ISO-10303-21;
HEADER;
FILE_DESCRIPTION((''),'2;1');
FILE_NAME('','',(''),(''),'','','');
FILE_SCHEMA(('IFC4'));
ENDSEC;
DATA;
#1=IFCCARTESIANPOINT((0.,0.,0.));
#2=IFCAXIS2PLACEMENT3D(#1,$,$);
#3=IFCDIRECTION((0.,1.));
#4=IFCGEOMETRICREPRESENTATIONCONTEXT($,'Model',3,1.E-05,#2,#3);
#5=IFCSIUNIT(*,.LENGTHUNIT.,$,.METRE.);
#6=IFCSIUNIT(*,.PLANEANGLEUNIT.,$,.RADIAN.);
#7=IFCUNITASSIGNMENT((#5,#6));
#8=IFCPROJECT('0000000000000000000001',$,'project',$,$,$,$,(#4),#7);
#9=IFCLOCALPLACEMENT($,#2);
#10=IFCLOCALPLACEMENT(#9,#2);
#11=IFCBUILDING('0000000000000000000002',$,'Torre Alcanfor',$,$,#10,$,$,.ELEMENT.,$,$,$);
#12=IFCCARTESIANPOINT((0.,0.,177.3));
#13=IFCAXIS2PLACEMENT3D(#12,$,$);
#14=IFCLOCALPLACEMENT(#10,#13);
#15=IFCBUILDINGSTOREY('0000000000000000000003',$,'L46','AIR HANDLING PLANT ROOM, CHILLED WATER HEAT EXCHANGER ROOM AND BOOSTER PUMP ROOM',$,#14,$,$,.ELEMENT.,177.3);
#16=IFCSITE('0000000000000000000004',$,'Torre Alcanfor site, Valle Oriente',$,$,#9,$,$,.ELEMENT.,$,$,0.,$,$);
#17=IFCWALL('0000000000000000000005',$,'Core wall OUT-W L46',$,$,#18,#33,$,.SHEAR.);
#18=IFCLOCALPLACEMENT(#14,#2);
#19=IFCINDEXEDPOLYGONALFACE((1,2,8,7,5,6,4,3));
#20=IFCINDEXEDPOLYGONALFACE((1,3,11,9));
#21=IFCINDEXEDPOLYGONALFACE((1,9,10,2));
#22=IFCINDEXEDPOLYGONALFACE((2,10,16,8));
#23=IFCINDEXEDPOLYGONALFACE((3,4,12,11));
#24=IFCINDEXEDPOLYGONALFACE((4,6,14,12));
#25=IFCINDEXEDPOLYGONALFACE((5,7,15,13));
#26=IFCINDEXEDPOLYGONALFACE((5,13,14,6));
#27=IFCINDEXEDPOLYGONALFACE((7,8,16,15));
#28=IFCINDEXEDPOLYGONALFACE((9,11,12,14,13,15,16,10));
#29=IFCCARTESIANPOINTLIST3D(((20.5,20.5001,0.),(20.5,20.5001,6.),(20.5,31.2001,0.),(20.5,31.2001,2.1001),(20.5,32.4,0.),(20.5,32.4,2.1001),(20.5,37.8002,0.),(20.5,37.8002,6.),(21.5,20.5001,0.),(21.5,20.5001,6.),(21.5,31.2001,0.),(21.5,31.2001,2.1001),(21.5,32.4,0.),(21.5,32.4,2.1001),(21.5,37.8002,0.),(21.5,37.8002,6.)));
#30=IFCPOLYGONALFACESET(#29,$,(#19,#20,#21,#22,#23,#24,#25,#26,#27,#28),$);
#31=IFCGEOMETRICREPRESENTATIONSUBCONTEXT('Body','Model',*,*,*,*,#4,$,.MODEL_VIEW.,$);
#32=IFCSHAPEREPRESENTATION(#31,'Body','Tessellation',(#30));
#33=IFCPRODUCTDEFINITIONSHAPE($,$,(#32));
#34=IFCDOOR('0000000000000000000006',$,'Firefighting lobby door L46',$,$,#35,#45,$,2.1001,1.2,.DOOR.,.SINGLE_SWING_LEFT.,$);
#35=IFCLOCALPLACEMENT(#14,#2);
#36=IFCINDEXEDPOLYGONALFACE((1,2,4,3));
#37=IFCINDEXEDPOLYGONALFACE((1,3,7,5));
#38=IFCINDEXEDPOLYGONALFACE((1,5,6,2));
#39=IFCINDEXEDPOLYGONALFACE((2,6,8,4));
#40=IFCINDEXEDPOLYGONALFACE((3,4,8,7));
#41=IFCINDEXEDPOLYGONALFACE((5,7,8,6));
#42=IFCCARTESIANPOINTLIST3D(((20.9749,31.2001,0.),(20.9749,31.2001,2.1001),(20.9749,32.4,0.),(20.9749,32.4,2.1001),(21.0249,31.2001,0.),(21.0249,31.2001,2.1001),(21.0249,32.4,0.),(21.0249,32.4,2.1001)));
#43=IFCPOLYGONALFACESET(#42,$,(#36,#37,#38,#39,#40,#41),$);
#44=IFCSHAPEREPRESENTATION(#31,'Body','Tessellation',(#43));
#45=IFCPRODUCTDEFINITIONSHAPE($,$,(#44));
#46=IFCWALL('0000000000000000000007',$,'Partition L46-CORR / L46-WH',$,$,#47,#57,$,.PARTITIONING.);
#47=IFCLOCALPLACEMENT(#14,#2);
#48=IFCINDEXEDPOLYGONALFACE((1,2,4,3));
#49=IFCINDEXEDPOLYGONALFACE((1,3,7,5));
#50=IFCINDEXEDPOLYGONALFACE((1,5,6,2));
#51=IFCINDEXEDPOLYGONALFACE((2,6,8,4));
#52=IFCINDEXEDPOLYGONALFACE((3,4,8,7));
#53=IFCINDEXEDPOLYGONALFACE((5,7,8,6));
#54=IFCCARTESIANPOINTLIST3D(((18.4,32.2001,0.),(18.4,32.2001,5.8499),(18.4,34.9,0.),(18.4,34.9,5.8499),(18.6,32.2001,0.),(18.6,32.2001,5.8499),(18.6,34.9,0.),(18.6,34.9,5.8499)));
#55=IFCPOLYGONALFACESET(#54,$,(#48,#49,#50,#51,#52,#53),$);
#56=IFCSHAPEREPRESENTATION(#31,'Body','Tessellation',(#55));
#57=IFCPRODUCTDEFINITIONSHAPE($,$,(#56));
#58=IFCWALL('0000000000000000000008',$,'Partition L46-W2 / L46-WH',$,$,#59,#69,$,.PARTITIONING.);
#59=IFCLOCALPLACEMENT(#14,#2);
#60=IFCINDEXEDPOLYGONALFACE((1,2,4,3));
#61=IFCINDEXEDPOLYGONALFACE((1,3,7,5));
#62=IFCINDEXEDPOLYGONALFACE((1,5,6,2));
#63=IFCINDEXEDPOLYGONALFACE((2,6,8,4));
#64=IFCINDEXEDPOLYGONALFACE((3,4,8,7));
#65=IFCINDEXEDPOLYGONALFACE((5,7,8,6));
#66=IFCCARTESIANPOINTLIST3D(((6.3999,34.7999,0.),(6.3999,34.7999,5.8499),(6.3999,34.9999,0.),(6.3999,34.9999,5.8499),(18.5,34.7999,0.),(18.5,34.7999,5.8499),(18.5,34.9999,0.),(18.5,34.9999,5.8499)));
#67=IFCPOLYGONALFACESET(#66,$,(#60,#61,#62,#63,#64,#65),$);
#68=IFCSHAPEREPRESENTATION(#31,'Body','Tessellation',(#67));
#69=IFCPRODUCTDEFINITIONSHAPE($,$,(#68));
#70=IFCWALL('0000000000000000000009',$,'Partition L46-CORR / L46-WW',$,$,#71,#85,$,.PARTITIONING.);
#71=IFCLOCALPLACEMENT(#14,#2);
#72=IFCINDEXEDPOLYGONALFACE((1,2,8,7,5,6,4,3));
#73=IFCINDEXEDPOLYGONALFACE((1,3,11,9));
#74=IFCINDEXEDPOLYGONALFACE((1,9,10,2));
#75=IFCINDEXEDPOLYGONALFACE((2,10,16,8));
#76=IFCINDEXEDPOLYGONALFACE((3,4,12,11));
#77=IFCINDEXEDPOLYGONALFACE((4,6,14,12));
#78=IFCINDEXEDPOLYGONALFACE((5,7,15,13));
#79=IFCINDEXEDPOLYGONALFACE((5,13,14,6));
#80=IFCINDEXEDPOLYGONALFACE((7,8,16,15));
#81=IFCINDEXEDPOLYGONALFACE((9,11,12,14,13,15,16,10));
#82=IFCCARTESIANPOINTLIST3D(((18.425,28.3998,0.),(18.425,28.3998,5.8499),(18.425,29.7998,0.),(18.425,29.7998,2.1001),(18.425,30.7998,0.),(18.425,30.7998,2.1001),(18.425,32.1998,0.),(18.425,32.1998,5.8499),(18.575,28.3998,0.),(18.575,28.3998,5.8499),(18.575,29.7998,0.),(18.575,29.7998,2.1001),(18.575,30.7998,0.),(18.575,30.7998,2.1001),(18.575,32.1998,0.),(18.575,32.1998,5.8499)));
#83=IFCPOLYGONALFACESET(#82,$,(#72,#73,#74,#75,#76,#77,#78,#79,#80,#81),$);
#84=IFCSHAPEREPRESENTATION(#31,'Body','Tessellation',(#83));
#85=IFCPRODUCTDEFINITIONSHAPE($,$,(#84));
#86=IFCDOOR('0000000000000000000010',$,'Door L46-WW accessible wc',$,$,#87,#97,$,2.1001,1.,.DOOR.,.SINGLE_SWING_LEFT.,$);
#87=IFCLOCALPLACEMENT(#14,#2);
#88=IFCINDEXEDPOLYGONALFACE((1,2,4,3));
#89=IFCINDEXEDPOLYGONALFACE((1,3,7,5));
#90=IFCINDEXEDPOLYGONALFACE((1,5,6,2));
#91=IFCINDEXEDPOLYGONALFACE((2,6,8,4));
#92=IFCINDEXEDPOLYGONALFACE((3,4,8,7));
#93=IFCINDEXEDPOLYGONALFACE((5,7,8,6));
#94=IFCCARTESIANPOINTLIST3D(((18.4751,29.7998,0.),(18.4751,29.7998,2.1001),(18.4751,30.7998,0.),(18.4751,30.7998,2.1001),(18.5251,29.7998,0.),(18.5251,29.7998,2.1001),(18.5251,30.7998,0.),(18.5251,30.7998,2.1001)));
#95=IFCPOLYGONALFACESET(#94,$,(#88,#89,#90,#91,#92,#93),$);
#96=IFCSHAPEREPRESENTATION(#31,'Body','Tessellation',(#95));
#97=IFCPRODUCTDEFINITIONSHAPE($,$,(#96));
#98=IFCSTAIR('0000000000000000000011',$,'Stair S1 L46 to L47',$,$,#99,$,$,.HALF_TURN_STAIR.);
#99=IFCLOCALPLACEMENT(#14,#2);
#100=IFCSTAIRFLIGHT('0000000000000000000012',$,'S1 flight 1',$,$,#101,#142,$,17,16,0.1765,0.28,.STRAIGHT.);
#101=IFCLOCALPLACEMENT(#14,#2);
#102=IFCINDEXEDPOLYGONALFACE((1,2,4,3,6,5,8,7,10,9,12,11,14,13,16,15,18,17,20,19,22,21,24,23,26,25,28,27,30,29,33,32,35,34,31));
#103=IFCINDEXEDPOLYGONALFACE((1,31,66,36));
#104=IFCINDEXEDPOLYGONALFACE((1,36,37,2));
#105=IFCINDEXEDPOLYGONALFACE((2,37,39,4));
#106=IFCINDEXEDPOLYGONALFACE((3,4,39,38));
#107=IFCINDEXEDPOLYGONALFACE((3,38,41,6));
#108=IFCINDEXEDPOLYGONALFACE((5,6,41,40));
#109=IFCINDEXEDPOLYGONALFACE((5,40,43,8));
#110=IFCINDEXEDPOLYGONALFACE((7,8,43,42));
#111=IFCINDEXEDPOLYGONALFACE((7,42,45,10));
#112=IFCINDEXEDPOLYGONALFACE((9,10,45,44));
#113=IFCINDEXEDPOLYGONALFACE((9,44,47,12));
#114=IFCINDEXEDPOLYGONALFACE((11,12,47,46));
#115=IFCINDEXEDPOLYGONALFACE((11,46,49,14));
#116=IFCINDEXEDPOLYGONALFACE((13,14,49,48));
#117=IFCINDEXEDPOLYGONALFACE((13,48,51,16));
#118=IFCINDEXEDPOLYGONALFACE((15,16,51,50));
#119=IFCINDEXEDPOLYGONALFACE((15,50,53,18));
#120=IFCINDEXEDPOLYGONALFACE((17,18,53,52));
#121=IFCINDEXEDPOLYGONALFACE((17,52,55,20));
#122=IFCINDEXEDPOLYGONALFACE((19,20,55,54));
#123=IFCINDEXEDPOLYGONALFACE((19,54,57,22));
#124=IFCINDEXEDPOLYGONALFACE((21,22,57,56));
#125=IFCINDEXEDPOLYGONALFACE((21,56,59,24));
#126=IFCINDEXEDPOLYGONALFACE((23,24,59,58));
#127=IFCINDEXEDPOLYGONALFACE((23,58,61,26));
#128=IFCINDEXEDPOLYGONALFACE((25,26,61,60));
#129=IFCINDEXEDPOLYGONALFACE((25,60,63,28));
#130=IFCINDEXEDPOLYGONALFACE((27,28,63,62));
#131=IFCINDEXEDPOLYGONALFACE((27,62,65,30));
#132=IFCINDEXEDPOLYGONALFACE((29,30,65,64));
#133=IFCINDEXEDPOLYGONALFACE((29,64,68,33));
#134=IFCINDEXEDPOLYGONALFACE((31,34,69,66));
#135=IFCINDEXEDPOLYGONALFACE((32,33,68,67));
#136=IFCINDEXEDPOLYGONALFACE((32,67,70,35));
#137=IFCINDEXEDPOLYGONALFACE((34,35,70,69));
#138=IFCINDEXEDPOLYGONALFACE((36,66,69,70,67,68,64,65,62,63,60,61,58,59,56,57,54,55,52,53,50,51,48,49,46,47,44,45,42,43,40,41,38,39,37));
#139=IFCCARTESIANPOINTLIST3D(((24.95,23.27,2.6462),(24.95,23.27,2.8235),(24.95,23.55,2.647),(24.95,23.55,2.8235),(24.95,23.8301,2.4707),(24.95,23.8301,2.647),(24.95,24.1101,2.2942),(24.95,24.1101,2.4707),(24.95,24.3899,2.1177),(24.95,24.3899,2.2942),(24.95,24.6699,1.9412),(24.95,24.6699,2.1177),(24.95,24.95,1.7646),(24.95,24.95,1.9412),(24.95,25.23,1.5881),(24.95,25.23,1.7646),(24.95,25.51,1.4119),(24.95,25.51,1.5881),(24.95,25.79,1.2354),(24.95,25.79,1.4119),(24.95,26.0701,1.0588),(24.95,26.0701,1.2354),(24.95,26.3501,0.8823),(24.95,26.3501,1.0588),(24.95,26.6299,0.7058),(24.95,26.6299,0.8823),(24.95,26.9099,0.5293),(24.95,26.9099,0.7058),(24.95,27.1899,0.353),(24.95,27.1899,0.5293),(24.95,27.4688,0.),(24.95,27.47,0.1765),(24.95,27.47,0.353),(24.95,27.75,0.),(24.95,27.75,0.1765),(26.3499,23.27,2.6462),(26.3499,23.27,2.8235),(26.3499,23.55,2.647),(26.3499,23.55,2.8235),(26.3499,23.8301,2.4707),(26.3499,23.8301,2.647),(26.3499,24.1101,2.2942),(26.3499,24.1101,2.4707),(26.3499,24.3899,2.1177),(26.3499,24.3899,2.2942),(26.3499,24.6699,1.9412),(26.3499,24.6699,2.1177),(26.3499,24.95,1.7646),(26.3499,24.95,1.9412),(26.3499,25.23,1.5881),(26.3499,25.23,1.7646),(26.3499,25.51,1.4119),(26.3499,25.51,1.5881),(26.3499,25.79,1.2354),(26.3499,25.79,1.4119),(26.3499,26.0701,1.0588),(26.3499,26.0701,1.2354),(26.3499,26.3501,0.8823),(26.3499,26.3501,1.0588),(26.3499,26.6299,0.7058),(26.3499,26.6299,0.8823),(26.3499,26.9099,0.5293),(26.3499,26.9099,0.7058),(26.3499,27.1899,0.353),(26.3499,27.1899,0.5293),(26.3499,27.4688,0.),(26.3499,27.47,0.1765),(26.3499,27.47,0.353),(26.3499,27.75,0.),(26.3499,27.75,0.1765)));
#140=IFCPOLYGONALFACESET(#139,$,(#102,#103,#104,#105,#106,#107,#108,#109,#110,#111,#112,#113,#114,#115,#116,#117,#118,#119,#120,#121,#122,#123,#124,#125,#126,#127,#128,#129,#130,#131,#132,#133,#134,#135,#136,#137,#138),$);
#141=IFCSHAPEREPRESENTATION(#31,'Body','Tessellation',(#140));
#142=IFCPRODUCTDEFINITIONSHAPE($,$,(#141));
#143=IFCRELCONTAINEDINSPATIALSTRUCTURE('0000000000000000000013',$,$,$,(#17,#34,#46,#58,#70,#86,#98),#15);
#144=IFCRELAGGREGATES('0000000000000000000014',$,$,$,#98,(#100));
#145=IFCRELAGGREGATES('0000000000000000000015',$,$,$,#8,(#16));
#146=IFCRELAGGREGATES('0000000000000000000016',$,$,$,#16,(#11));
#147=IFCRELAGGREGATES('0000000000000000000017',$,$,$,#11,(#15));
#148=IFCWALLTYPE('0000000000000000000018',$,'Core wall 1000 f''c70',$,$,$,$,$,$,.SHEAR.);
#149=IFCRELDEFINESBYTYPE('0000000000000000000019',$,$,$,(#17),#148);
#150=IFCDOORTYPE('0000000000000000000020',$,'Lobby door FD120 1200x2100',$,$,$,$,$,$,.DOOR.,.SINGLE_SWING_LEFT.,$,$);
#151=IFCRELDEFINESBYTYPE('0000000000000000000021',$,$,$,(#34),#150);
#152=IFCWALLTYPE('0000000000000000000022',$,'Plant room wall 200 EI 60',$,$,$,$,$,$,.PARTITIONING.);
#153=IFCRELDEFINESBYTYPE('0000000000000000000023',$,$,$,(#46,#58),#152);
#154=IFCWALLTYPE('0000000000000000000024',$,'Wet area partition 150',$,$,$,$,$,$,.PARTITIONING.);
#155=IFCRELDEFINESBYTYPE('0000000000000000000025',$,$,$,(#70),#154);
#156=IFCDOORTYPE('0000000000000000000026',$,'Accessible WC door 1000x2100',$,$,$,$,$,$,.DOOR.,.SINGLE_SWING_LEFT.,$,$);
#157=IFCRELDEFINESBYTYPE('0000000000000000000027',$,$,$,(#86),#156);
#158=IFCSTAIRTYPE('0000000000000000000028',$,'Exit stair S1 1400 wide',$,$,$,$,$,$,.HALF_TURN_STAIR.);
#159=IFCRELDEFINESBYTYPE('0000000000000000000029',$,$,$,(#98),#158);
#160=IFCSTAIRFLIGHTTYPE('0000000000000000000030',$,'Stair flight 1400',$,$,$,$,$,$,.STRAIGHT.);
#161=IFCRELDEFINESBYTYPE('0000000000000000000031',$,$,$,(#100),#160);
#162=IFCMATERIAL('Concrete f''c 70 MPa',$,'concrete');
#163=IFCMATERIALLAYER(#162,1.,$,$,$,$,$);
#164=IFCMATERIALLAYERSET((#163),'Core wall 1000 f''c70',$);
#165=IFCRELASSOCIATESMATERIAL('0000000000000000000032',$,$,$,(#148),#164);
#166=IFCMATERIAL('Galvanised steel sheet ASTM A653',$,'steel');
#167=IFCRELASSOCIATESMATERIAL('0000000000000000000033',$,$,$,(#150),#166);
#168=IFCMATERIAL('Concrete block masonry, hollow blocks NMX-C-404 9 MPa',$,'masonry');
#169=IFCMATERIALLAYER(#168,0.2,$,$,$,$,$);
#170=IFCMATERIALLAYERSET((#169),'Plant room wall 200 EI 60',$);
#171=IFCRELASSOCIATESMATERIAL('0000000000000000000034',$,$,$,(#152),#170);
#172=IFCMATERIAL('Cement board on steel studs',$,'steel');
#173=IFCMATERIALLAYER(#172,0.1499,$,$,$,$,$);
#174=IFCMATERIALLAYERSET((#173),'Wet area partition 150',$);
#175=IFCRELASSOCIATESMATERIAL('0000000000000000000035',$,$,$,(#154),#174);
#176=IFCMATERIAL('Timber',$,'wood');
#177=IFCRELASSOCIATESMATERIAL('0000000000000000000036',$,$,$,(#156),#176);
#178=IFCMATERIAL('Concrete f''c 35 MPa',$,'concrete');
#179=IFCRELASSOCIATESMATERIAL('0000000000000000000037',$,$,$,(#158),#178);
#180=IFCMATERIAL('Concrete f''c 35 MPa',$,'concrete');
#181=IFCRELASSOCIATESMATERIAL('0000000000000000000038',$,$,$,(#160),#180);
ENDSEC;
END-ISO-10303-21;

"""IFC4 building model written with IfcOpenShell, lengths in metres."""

from ifc_helpers import new_model, si_unit, direction, frame, frame_2d, origin, place, context, subcontext, project, spatial, polyline, rectangle, outline, extrude, material, layer, layer_set, type_object, element, fill, aggregate, save


model = new_model("IFC4")

# Units and contexts
model_context = context("Model", 3, precision=1e-05, world=origin(), true_north=direction((0.0, 1.0)))
body_context = subcontext(model_context, "Body", "Model", "MODEL_VIEW")
ifc_project = project(units=[si_unit("LENGTHUNIT", "METRE"), si_unit("PLANEANGLEUNIT", "RADIAN")], contexts=[model_context])

# Site, building, storey
site_placement = place(None, origin())
site = spatial("IfcSite", under=ifc_project, at=site_placement, Name="Torre Alcanfor site, Valle Oriente", CompositionType="ELEMENT", RefElevation=0.0)
building_placement = place(site_placement, origin())
building = spatial("IfcBuilding", under=site, at=building_placement, Name="Torre Alcanfor", CompositionType="ELEMENT")
storey_placement = place(building_placement, frame((0.0, 0.0, 177.3)))
storey = spatial("IfcBuildingStorey", under=building, at=storey_placement, Name="L46", Description="AIR HANDLING PLANT ROOM, CHILLED WATER HEAT EXCHANGER ROOM AND BOOSTER PUMP ROOM", CompositionType="ELEMENT", Elevation=177.3)

# Wall, opening, door
ifc_material_1 = material(Name="Concrete f'c 70 MPa", Category="concrete")
ifc_layer_1 = layer(ifc_material_1, 1.0)
ifc_layer_set_1 = layer_set([ifc_layer_1], Name="Core wall 1000 f'c70")
wall_type_1 = type_object("IfcWallType", Name="Core wall 1000 f'c70", PredefinedType="SHEAR", material=ifc_layer_set_1)
wall_1_placement = place(storey_placement, frame((21.0, 37.8, 0.0), z_axis=(0.0, 0.0, 1.0), x_axis=(0.0, -1.0, 0.0)))
wall_1 = element("IfcWall", 1, at=wall_1_placement, inside=storey, type_object=wall_type_1, Name="Core wall OUT-W L46", PredefinedType="SHEAR", context=body_context, shape_type="SweptSolid", body=[
    extrude(rectangle(XDim=17.3, YDim=1.0, at=frame_2d((8.6499, 0.0))), origin(), (0.0, 0.0, 1.0), 6.0),
])
opening_1_placement = place(wall_1_placement, frame((5.3999, 0.0, 0.0)))
opening_1 = element("IfcOpeningElement", 2, at=opening_1_placement, cuts=wall_1, PredefinedType="OPENING", context=body_context, shape_type="SweptSolid", body=[
    extrude(rectangle(XDim=1.2, YDim=2.1001, at=frame_2d((0.6001, 1.05))), frame((0.0, 0.51, 0.0), z_axis=(0.0, -1.0, 0.0), x_axis=(1.0, 0.0, 0.0)), (0.0, 0.0, 1.0), 1.02),
])
ifc_material_2 = material(Name="Galvanised steel sheet ASTM A653", Category="steel")
door_type_1 = type_object("IfcDoorType", Name="Lobby door FD120 1200x2100", OperationType="SINGLE_SWING_LEFT", PredefinedType="DOOR", material=ifc_material_2)
door_1_placement = place(opening_1_placement, origin())
door_1 = element("IfcDoor", 3, at=door_1_placement, inside=storey, type_object=door_type_1, Name="Firefighting lobby door L46", OperationType="SINGLE_SWING_LEFT", OverallHeight=2.1001, OverallWidth=1.2, PredefinedType="DOOR", context=body_context, shape_type="SweptSolid", body=[
    extrude(rectangle(XDim=1.2, YDim=2.1001, at=frame_2d((0.6001, 1.05))), frame((0.0, 0.0249, 0.0), z_axis=(0.0, -1.0, 0.0), x_axis=(1.0, 0.0, 0.0)), (0.0, 0.0, 1.0), 0.05),
])
fill(opening_1, door_1)
ifc_material_3 = material(Name="Concrete block masonry, hollow blocks NMX-C-404 9 MPa", Category="masonry")
ifc_layer_2 = layer(ifc_material_3, 0.2)
ifc_layer_set_2 = layer_set([ifc_layer_2], Name="Plant room wall 200 EI 60")
wall_type_2 = type_object("IfcWallType", Name="Plant room wall 200 EI 60", PredefinedType="PARTITIONING", material=ifc_layer_set_2)

# Walls
wall_2_placement = place(storey_placement, frame((18.5, 32.2, 0.0), z_axis=(0.0, 0.0, 1.0), x_axis=(0.0, 1.0, 0.0)))
element("IfcWall", 4, at=wall_2_placement, inside=storey, type_object=wall_type_2, Name="Partition L46-CORR / L46-WH", PredefinedType="PARTITIONING", context=body_context, shape_type="SweptSolid", body=[
    extrude(rectangle(XDim=2.7, YDim=0.2, at=frame_2d((1.3501, 0.0))), origin(), (0.0, 0.0, 1.0), 5.8499),
])
wall_3_placement = place(storey_placement, frame((18.5, 34.8999, 0.0), z_axis=(0.0, 0.0, 1.0), x_axis=(-1.0, 0.0, 0.0)))
element("IfcWall", 5, at=wall_3_placement, inside=storey, type_object=wall_type_2, Name="Partition L46-W2 / L46-WH", PredefinedType="PARTITIONING", context=body_context, shape_type="SweptSolid", body=[
    extrude(rectangle(XDim=12.1001, YDim=0.2, at=frame_2d((6.05, 0.0))), origin(), (0.0, 0.0, 1.0), 5.8499),
])

# Wall, opening, door
ifc_material_4 = material(Name="Cement board on steel studs", Category="steel")
ifc_layer_3 = layer(ifc_material_4, 0.1499)
ifc_layer_set_3 = layer_set([ifc_layer_3], Name="Wet area partition 150")
wall_type_3 = type_object("IfcWallType", Name="Wet area partition 150", PredefinedType="PARTITIONING", material=ifc_layer_set_3)
wall_4_placement = place(storey_placement, frame((18.5, 28.3999, 0.0), z_axis=(0.0, 0.0, 1.0), x_axis=(0.0, 1.0, 0.0)))
wall_4 = element("IfcWall", 6, at=wall_4_placement, inside=storey, type_object=wall_type_3, Name="Partition L46-CORR / L46-WW", PredefinedType="PARTITIONING", context=body_context, shape_type="SweptSolid", body=[
    extrude(rectangle(XDim=3.8, YDim=0.1499, at=frame_2d((1.8999, 0.0))), origin(), (0.0, 0.0, 1.0), 5.8499),
])
opening_2_placement = place(wall_4_placement, frame((1.3999, 0.0, 0.0)))
opening_2 = element("IfcOpeningElement", 7, at=opening_2_placement, cuts=wall_4, PredefinedType="OPENING", context=body_context, shape_type="SweptSolid", body=[
    extrude(rectangle(XDim=1.0, YDim=2.1001, at=frame_2d((0.5, 1.05))), frame((0.0, 0.085, 0.0), z_axis=(0.0, -1.0, 0.0), x_axis=(1.0, 0.0, 0.0)), (0.0, 0.0, 1.0), 0.1699),
])
ifc_material_5 = material(Name="Timber", Category="wood")
door_type_2 = type_object("IfcDoorType", Name="Accessible WC door 1000x2100", OperationType="SINGLE_SWING_LEFT", PredefinedType="DOOR", material=ifc_material_5)
door_2_placement = place(opening_2_placement, frame((1.0, 0.0, 0.0), z_axis=(0.0, 0.0, 1.0), x_axis=(-1.0, 0.0, 0.0)))
door_2 = element("IfcDoor", 8, at=door_2_placement, inside=storey, type_object=door_type_2, Name="Door L46-WW accessible wc", OperationType="SINGLE_SWING_LEFT", OverallHeight=2.1001, OverallWidth=1.0, PredefinedType="DOOR", context=body_context, shape_type="SweptSolid", body=[
    extrude(rectangle(XDim=1.0, YDim=2.1001, at=frame_2d((0.5, 1.05))), frame((0.0, 0.0251, 0.0), z_axis=(0.0, -1.0, 0.0), x_axis=(1.0, 0.0, 0.0)), (0.0, 0.0, 1.0), 0.05),
])
fill(opening_2, door_2)

# Stair, stair flight
ifc_material_6 = material(Name="Concrete f'c 35 MPa", Category="concrete")
stair_type = type_object("IfcStairType", Name="Exit stair S1 1400 wide", PredefinedType="HALF_TURN_STAIR", material=ifc_material_6)
stair_placement = place(storey_placement, origin())
stair = element("IfcStair", 9, at=stair_placement, inside=storey, type_object=stair_type, Name="Stair S1 L46 to L47", PredefinedType="HALF_TURN_STAIR")
ifc_material_7 = material(Name="Concrete f'c 35 MPa", Category="concrete")
stair_flight_type = type_object("IfcStairFlightType", Name="Stair flight 1400", PredefinedType="STRAIGHT", material=ifc_material_7)
stair_flight_placement = place(storey_placement, frame((25.6499, 27.75, 0.0), z_axis=(0.0, 0.0, 1.0), x_axis=(0.0, -1.0, 0.0)))
stair_flight = element("IfcStairFlight", 10, at=stair_flight_placement, type_object=stair_flight_type, Name="S1 flight 1", NumberOfRisers=17, NumberOfTreads=16, PredefinedType="STRAIGHT", RiserHeight=0.1765, TreadLength=0.28, context=body_context, shape_type="SweptSolid", body=[
    extrude(outline(polyline([(0.0, 0.0), (0.0, 0.1765), (0.28, 0.1765), (0.28, 0.353), (0.5601, 0.353), (0.5601, 0.5293), (0.8401, 0.5293), (0.8401, 0.7058), (1.1201, 0.7058), (1.1201, 0.8823), (1.3999, 0.8823), (1.3999, 1.0588), (1.6799, 1.0588), (1.6799, 1.2354), (1.96, 1.2354), (1.96, 1.4119), (2.24, 1.4119), (2.24, 1.5881), (2.52, 1.5881), (2.52, 1.7646), (2.8, 1.7646), (2.8, 1.9412), (3.0801, 1.9412), (3.0801, 2.1177), (3.3601, 2.1177), (3.3601, 2.2942), (3.6399, 2.2942), (3.6399, 2.4707), (3.9199, 2.4707), (3.9199, 2.647), (4.2, 2.647), (4.2, 2.8235), (4.48, 2.8235), (4.48, 3.0), (4.48, 2.6462), (0.2812, 0.0), (0.0, 0.0)])), frame((0.0, 0.7, 0.0), z_axis=(0.0, -1.0, 0.0), x_axis=(1.0, 0.0, 0.0)), (0.0, 0.0, 1.0), 1.3999),
])
aggregate(stair, [stair_flight])

save(model, "model.ifc")
